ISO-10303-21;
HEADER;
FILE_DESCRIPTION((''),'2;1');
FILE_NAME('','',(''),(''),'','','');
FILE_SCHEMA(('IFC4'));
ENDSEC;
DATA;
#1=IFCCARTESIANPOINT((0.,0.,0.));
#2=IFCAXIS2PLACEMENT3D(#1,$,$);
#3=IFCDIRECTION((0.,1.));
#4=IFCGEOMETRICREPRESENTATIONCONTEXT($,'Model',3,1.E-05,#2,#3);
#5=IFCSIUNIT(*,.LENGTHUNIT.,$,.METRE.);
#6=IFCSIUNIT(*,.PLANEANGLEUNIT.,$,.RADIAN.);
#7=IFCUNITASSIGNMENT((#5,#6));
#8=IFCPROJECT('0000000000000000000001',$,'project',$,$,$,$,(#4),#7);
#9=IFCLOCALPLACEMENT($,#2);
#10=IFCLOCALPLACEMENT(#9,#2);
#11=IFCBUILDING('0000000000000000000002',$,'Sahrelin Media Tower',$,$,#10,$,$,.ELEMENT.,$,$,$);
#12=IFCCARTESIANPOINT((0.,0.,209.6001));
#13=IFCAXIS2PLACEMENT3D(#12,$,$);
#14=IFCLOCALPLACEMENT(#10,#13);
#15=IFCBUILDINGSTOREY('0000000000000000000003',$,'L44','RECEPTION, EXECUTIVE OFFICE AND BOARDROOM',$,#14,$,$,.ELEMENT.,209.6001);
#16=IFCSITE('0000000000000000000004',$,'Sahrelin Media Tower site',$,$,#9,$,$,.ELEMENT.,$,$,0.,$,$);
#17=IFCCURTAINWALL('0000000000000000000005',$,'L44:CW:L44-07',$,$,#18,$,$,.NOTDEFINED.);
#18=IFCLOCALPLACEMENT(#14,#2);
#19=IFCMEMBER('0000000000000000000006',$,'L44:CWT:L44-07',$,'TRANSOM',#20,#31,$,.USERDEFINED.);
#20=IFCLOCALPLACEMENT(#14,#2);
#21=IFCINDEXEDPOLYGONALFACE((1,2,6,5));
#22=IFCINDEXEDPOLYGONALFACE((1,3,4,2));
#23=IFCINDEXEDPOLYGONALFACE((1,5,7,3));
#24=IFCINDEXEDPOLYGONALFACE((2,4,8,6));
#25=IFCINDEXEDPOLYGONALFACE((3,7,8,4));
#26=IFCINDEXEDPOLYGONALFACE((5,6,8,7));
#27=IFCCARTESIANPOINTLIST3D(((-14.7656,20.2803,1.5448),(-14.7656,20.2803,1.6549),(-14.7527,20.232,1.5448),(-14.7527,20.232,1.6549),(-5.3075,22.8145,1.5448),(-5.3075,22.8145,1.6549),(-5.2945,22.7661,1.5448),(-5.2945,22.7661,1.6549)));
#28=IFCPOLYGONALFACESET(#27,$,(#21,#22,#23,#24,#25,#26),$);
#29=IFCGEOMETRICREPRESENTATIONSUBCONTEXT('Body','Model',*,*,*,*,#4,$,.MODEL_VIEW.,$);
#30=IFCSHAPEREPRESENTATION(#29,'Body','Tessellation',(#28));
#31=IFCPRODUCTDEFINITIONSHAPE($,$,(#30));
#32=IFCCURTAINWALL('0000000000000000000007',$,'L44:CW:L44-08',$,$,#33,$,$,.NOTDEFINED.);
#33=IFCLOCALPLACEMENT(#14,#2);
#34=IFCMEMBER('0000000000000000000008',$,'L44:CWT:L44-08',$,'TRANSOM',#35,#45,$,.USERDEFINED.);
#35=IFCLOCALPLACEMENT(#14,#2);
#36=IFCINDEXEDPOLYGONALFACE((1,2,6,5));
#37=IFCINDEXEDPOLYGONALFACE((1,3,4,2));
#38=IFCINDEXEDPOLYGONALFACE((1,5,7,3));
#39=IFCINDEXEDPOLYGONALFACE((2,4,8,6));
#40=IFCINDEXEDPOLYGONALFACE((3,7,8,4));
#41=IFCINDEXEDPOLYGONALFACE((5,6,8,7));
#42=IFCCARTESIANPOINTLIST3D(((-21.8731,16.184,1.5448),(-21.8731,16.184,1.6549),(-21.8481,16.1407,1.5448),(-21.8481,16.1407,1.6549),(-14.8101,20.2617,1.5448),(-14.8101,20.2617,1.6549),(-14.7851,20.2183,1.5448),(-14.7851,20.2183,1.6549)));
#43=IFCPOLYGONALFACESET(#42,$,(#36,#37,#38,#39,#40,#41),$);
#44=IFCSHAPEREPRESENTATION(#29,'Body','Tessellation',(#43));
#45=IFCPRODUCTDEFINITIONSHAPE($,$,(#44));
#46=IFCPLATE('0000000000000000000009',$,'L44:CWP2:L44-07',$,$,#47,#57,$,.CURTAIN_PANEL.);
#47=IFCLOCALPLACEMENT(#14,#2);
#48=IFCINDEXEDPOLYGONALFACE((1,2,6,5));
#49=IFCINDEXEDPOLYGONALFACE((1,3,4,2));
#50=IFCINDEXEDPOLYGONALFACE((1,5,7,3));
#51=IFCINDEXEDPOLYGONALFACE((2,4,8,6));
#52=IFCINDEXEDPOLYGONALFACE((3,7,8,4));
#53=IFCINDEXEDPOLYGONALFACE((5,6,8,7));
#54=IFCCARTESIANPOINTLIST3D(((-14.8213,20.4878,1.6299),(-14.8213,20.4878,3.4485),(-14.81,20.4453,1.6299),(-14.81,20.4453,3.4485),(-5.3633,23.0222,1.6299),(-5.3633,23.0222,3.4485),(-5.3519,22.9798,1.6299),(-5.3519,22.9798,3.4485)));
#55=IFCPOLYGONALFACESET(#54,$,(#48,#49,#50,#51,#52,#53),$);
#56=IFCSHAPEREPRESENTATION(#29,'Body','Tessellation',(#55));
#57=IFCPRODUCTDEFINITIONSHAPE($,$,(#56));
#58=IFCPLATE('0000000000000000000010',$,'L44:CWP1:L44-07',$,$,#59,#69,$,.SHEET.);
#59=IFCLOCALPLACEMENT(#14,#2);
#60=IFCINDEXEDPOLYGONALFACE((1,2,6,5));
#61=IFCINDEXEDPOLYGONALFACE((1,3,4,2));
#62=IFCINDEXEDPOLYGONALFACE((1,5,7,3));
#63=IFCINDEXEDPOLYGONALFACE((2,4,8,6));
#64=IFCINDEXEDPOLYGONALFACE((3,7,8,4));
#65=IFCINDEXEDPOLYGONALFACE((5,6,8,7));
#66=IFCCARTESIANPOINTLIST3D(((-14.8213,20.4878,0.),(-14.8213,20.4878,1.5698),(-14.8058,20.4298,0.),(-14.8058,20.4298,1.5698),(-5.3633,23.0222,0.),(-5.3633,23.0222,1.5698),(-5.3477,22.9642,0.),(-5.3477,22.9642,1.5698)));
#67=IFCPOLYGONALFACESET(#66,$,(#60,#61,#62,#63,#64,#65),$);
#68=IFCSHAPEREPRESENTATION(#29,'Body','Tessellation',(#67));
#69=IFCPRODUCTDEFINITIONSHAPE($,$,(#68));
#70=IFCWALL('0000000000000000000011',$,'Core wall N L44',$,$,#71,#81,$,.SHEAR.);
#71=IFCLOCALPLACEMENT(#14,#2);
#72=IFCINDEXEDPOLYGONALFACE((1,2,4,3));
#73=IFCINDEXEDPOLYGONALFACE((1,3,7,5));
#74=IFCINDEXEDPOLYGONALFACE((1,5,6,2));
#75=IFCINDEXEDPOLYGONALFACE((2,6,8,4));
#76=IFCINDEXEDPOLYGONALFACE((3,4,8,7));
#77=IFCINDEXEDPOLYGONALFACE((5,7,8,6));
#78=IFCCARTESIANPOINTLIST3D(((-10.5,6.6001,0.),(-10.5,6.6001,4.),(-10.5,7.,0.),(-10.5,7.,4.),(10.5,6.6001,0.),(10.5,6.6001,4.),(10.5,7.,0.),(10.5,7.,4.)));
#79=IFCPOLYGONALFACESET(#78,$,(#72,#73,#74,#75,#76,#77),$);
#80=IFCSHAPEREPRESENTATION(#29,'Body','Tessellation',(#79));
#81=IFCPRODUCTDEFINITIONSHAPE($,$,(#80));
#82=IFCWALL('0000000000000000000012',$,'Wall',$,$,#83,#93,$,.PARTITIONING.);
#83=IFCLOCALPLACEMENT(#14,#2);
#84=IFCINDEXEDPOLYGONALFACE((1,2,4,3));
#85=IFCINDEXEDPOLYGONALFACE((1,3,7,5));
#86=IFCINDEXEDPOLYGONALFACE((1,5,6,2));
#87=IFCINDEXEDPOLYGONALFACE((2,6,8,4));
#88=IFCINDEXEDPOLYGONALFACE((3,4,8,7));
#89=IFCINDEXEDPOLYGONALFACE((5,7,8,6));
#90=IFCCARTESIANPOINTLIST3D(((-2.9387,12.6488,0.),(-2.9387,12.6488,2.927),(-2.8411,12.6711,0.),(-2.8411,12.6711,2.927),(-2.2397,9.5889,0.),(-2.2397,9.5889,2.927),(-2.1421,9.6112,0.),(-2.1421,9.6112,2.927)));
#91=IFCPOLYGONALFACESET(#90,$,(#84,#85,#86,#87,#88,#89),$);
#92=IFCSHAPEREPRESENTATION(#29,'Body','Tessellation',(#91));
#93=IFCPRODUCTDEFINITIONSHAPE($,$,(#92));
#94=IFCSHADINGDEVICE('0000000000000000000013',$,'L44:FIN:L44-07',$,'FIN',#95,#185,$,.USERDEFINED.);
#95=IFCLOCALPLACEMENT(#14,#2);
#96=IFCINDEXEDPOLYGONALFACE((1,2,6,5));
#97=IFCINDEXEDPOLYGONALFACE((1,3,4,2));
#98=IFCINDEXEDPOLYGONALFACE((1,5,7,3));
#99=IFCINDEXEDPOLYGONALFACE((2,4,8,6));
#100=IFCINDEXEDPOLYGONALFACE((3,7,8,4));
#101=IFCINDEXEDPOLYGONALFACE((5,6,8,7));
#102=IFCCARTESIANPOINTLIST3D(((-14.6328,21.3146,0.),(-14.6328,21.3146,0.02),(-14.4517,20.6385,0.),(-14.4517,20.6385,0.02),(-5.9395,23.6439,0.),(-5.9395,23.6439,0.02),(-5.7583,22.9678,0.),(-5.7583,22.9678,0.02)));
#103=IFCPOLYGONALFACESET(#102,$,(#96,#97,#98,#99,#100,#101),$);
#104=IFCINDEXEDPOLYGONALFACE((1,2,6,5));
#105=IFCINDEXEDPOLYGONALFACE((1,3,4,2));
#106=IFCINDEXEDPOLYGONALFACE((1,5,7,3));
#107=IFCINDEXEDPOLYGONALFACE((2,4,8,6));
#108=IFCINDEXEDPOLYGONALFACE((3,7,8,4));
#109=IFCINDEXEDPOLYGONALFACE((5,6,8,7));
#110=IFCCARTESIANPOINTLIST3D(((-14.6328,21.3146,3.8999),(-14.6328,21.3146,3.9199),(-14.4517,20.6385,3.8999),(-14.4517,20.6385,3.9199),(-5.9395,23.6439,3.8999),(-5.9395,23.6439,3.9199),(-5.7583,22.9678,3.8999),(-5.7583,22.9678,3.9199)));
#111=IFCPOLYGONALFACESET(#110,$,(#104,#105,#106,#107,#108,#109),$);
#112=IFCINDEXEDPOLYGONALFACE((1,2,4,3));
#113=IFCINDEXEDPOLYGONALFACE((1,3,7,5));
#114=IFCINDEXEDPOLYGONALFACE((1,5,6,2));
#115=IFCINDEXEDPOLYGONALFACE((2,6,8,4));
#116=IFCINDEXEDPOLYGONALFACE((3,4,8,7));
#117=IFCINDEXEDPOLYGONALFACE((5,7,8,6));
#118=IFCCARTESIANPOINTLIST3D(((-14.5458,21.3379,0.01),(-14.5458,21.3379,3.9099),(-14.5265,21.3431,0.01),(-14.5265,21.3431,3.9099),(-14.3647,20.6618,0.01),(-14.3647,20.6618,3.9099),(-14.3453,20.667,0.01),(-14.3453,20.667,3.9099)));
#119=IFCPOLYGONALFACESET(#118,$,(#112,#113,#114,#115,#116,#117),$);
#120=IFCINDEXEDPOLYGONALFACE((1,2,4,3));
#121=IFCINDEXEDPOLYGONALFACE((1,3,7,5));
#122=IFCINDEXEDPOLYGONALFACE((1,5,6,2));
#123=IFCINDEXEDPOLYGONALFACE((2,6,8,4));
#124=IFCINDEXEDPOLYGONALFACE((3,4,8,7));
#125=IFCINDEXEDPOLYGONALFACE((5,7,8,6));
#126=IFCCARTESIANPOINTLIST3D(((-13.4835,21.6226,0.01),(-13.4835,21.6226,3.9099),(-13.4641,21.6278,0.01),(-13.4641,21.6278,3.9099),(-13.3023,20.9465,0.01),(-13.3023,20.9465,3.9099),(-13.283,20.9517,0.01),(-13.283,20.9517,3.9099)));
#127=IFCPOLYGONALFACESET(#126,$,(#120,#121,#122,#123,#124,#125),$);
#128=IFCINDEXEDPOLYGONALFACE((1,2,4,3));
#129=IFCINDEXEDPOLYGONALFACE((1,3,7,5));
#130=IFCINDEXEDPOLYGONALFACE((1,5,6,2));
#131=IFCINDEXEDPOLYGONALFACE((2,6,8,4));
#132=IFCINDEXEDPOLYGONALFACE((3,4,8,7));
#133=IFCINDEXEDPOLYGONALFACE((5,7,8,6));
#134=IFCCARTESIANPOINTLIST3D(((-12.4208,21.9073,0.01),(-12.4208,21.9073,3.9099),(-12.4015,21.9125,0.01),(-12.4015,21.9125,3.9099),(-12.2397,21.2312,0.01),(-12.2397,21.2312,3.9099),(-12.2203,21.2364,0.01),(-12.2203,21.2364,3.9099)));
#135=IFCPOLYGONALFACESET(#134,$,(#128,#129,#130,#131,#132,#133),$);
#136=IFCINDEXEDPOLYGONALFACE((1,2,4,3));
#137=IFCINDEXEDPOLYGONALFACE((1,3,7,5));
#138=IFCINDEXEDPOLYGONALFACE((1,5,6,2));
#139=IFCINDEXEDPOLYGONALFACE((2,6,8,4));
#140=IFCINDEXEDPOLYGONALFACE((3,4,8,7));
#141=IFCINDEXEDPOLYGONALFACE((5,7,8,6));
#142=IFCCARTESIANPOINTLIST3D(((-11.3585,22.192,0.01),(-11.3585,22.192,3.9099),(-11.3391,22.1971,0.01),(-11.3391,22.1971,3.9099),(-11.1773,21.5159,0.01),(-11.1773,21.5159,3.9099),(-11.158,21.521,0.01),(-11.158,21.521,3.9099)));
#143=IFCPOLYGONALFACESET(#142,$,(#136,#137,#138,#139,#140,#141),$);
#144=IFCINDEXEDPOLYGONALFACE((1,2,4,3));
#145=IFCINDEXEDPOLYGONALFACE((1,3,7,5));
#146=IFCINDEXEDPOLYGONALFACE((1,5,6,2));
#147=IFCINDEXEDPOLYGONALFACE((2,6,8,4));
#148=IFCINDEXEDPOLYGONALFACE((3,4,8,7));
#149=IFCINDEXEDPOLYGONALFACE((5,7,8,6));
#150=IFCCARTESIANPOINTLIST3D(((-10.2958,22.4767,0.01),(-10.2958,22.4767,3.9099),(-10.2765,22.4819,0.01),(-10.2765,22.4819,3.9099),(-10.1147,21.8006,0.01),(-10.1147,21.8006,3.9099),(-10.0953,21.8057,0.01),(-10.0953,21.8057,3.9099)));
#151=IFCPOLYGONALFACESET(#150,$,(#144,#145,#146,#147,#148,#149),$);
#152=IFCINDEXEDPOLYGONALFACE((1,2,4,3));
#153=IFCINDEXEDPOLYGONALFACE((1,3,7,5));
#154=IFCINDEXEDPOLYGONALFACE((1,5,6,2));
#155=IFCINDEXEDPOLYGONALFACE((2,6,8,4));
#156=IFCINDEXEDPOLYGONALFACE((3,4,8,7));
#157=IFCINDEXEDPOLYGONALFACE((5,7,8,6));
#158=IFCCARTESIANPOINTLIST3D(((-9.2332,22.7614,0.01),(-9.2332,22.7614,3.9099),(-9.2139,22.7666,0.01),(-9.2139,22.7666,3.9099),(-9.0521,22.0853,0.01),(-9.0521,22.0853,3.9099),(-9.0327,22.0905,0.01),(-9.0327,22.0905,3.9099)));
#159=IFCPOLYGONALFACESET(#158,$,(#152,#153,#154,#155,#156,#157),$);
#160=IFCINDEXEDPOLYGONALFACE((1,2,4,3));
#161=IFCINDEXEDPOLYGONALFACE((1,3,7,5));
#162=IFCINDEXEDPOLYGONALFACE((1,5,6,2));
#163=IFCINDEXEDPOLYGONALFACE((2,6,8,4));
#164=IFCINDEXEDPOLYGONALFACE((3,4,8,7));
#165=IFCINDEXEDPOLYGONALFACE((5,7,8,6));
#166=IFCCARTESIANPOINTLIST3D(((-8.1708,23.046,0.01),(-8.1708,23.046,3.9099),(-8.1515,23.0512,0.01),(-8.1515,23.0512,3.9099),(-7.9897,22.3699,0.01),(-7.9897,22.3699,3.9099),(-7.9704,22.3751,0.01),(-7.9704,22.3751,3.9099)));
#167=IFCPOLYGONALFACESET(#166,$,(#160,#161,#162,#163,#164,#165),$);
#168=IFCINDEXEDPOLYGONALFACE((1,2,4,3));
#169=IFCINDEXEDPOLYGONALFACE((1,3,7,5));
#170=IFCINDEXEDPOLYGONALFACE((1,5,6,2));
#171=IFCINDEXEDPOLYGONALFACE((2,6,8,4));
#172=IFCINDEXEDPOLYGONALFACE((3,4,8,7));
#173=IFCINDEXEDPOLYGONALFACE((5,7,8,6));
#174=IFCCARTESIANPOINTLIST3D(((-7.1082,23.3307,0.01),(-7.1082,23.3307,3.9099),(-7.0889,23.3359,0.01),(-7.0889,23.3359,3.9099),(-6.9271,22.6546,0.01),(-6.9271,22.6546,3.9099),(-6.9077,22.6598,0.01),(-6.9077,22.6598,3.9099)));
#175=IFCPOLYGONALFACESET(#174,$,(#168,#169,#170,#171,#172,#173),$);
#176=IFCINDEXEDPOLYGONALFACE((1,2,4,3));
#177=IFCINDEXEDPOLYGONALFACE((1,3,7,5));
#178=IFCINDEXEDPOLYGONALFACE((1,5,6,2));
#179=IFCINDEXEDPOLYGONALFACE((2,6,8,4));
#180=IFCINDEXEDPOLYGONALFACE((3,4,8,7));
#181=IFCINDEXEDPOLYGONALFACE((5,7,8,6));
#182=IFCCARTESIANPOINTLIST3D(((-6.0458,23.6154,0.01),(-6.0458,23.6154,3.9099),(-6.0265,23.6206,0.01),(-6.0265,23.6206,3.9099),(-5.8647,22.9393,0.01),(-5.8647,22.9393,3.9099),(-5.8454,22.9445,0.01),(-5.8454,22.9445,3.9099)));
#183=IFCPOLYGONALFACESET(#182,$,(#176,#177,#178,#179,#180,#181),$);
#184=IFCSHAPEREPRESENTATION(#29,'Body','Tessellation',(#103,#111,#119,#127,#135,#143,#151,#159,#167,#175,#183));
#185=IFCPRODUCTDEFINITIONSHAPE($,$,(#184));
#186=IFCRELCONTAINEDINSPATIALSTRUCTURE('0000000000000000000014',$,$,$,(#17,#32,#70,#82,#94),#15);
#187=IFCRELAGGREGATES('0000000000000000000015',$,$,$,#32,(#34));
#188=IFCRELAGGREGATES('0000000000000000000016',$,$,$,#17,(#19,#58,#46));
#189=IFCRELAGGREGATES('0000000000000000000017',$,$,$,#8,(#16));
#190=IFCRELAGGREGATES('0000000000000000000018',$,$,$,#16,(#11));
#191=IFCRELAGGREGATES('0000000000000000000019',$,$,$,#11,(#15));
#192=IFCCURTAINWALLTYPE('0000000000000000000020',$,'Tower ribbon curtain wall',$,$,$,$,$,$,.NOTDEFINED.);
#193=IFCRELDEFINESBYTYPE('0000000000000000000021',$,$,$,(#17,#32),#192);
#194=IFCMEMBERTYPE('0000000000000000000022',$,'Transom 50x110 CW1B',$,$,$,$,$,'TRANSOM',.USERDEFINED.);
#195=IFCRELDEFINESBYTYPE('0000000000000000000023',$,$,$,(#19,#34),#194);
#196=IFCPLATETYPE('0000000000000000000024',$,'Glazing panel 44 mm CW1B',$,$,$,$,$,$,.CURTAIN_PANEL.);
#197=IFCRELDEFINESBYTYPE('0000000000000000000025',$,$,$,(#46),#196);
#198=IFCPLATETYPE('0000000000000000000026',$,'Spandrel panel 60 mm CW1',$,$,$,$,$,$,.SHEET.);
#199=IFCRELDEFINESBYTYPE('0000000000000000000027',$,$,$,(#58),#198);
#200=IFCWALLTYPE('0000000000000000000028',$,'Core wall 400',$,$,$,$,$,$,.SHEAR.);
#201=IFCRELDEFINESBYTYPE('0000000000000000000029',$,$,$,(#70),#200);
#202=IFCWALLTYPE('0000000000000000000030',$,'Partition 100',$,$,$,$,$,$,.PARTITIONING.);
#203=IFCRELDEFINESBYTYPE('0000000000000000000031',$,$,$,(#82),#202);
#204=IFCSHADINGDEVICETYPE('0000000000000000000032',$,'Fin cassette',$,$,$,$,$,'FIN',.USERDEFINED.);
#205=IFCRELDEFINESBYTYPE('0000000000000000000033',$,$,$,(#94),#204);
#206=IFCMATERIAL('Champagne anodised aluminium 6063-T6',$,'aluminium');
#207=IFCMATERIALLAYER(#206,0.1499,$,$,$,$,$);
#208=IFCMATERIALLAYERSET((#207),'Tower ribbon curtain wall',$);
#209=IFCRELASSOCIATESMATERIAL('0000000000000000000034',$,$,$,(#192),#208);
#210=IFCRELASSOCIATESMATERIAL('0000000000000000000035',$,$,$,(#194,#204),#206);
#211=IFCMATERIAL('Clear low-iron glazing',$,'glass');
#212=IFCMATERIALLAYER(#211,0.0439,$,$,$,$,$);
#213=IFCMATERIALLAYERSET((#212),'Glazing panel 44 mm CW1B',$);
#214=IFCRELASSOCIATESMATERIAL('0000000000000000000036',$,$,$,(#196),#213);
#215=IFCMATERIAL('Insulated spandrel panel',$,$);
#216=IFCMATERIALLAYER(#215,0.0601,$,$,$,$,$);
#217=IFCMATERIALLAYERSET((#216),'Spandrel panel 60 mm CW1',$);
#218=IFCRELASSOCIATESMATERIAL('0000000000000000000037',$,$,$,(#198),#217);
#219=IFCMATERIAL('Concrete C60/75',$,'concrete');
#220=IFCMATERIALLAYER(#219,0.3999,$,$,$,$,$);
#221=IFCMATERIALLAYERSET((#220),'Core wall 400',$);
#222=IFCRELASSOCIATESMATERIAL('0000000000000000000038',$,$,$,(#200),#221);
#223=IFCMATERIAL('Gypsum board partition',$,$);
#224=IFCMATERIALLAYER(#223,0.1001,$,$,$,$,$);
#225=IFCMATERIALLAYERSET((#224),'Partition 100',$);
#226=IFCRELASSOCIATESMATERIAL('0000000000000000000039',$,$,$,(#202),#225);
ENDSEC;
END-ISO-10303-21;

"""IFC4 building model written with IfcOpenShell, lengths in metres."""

from ifc_helpers import new_model, si_unit, direction, frame, frame_2d, origin, origin_2d, place, context, subcontext, project, spatial, polyline, rectangle, outline, extrude, material, layer, layer_set, material_profile, profile_set, type_object, element, aggregate, save


model = new_model("IFC4")

# Units and contexts
model_context = context("Model", 3, precision=1e-05, world=origin(), true_north=direction((0.0, 1.0)))
body_context = subcontext(model_context, "Body", "Model", "MODEL_VIEW")
ifc_project = project(units=[si_unit("LENGTHUNIT", "METRE"), si_unit("PLANEANGLEUNIT", "RADIAN")], contexts=[model_context])

# Site, building, storey
site_placement = place(None, origin())
site = spatial("IfcSite", under=ifc_project, at=site_placement, Name="Sahrelin Media Tower site", CompositionType="ELEMENT", RefElevation=0.0)
building_placement = place(site_placement, origin())
building = spatial("IfcBuilding", under=site, at=building_placement, Name="Sahrelin Media Tower", CompositionType="ELEMENT")
storey_placement = place(building_placement, frame((0.0, 0.0, 209.6001)))
storey = spatial("IfcBuildingStorey", under=building, at=storey_placement, Name="L44", Description="RECEPTION, EXECUTIVE OFFICE AND BOARDROOM", CompositionType="ELEMENT", Elevation=209.6001)

# Curtain wall
ifc_material_1 = material(Name="Champagne anodised aluminium 6063-T6", Category="aluminium")
ifc_layer_1 = layer(ifc_material_1, 0.1499)
ifc_layer_set_1 = layer_set([ifc_layer_1], Name="Tower ribbon curtain wall")
curtain_wall_type = type_object("IfcCurtainWallType", Name="Tower ribbon curtain wall", PredefinedType="NOTDEFINED", material=ifc_layer_set_1)
curtain_wall_1_placement = place(storey_placement, frame((-10.0869, 21.7356, 0.0), z_axis=(0.0, 0.0, 1.0), x_axis=(1.0, 0.0, 0.0)))
curtain_wall_1 = element("IfcCurtainWall", 1, at=curtain_wall_1_placement, inside=storey, type_object=curtain_wall_type, Name="L44:CW:L44-07", PredefinedType="NOTDEFINED")

# Member
ifc_material_profile_1 = material_profile(ifc_material_1, rectangle(XDim=0.05, YDim=0.1101, at=origin_2d()), Name="Transom 50x110")
ifc_profile_set_1 = profile_set([ifc_material_profile_1], Name="Champagne anodised aluminium 6063-T6")
member_type_1 = type_object("IfcMemberType", Name="Transom 50x110 CW1B", ElementType="TRANSOM", PredefinedType="USERDEFINED", material=ifc_profile_set_1)
member_1_placement = place(storey_placement, frame((-5.301, 22.7903, 1.5999), z_axis=(-0.96593, -0.258805, 0.0), x_axis=(0.258805, -0.96593, 0.0)))
member_1 = element("IfcMember", 2, at=member_1_placement, type_object=member_type_1, Name="L44:CWT:L44-07", ObjectType="TRANSOM", PredefinedType="USERDEFINED", context=body_context, shape_type="SweptSolid", body=[
    extrude(rectangle(XDim=0.05, YDim=0.1101, at=origin_2d()), origin(), (0.0, 0.0, 1.0), 9.7917),
])

# Curtain wall, member
curtain_wall_2_placement = place(storey_placement, frame((-18.4392, 18.3916, 0.0), z_axis=(0.0, 0.0, 1.0), x_axis=(1.0, 0.0, 0.0)))
curtain_wall_2 = element("IfcCurtainWall", 3, at=curtain_wall_2_placement, inside=storey, type_object=curtain_wall_type, Name="L44:CW:L44-08", PredefinedType="NOTDEFINED")
member_2_placement = place(storey_placement, frame((-14.7976, 20.24, 1.5999), z_axis=(-0.866035, -0.499983, 0.0), x_axis=(0.499983, -0.866035, 0.0)))
member_2 = element("IfcMember", 4, at=member_2_placement, type_object=member_type_1, Name="L44:CWT:L44-08", ObjectType="TRANSOM", PredefinedType="USERDEFINED", context=body_context, shape_type="SweptSolid", body=[
    extrude(rectangle(XDim=0.05, YDim=0.1101, at=origin_2d()), origin(), (0.0, 0.0, 1.0), 8.1555),
])
aggregate(curtain_wall_2, [member_2])

# Plates
ifc_material_2 = material(Name="Clear low-iron glazing", Category="glass")
ifc_layer_2 = layer(ifc_material_2, 0.0439)
ifc_layer_set_2 = layer_set([ifc_layer_2], Name="Glazing panel 44 mm CW1B")
plate_type_1 = type_object("IfcPlateType", Name="Glazing panel 44 mm CW1B", PredefinedType="CURTAIN_PANEL", material=ifc_layer_set_2)
plate_1_placement = place(storey_placement, frame((-5.3633, 23.0222, 1.6299), z_axis=(-0.258834, 0.965922, 0.0), x_axis=(-0.965922, -0.258834, 0.0)))
plate_1 = element("IfcPlate", 5, at=plate_1_placement, type_object=plate_type_1, Name="L44:CWP2:L44-07", PredefinedType="CURTAIN_PANEL", context=body_context, shape_type="SweptSolid", body=[
    extrude(outline(polyline([(0.0, 0.0), (9.7917, 0.0), (9.7917, 1.8186), (0.0, 1.8186), (0.0, 0.0)])), origin(), (0.0, 0.0, -1.0), 0.0439),
])
ifc_material_3 = material(Name="Insulated spandrel panel")
ifc_layer_3 = layer(ifc_material_3, 0.0601)
ifc_layer_set_3 = layer_set([ifc_layer_3], Name="Spandrel panel 60 mm CW1")
plate_type_2 = type_object("IfcPlateType", Name="Spandrel panel 60 mm CW1", PredefinedType="SHEET", material=ifc_layer_set_3)
plate_2_placement = place(storey_placement, frame((-5.3633, 23.0222, 0.0), z_axis=(-0.258834, 0.965922, 0.0), x_axis=(-0.965922, -0.258834, 0.0)))
plate_2 = element("IfcPlate", 6, at=plate_2_placement, type_object=plate_type_2, Name="L44:CWP1:L44-07", PredefinedType="SHEET", context=body_context, shape_type="SweptSolid", body=[
    extrude(outline(polyline([(0.0, 0.0), (9.7917, 0.0), (9.7917, 1.5698), (0.0, 1.5698), (0.0, 0.0)])), origin(), (0.0, 0.0, -1.0), 0.0601),
])
aggregate(curtain_wall_1, [member_1, plate_2, plate_1])

# Walls
ifc_material_4 = material(Name="Concrete C60/75", Category="concrete")
ifc_layer_4 = layer(ifc_material_4, 0.3999)
ifc_layer_set_4 = layer_set([ifc_layer_4], Name="Core wall 400")
wall_type_1 = type_object("IfcWallType", Name="Core wall 400", PredefinedType="SHEAR", material=ifc_layer_set_4)
wall_1_placement = place(storey_placement, frame((-10.5, 6.8, 0.0), z_axis=(0.0, 0.0, 1.0), x_axis=(1.0, 0.0, 0.0)))
element("IfcWall", 7, at=wall_1_placement, inside=storey, type_object=wall_type_1, Name="Core wall N L44", PredefinedType="SHEAR", context=body_context, shape_type="SweptSolid", body=[
    extrude(rectangle(XDim=21.0, YDim=0.3999, at=frame_2d((10.5, 0.0))), origin(), (0.0, 0.0, 1.0), 4.0),
])
ifc_material_5 = material(Name="Gypsum board partition")
ifc_layer_5 = layer(ifc_material_5, 0.1001)
ifc_layer_set_5 = layer_set([ifc_layer_5], Name="Partition 100")
wall_type_2 = type_object("IfcWallType", Name="Partition 100", PredefinedType="PARTITIONING", material=ifc_layer_set_5)
wall_2_placement = place(storey_placement, frame((-2.8899, 12.6599, 0.0), z_axis=(0.0, 0.0, 1.0), x_axis=(0.2227, -0.974887, 0.0)))
element("IfcWall", 8, at=wall_2_placement, inside=storey, type_object=wall_type_2, Name="Wall", PredefinedType="PARTITIONING", context=body_context, shape_type="SweptSolid", body=[
    extrude(rectangle(XDim=3.1387, YDim=0.1001, at=frame_2d((1.5693, 0.0))), origin(), (0.0, 0.0, 1.0), 2.927),
])

# Shading device
shading_device_type_1 = type_object("IfcShadingDeviceType", Name="Fin cassette", ElementType="FIN", PredefinedType="USERDEFINED", material=ifc_material_1)
placement = place(storey_placement, frame((-10.0869, 21.7356, 0.0), z_axis=(0.0, 0.0, 1.0), x_axis=(0.965929, 0.258808, 0.0)))
element("IfcShadingDevice", 9, at=placement, inside=storey, type_object=shading_device_type_1, Name="L44:FIN:L44-07", ObjectType="FIN", PredefinedType="USERDEFINED", context=body_context, shape_type="SweptSolid", body=[
    extrude(rectangle(XDim=9.0, YDim=0.7, at=origin_2d()), frame((0.0, 0.4199, 0.0)), (0.0, 0.0, 1.0), 0.02),
    extrude(rectangle(XDim=9.0, YDim=0.7, at=origin_2d()), frame((0.0, 0.4199, 3.8999)), (0.0, 0.0, 1.0), 0.02),
    extrude(rectangle(XDim=0.02, YDim=0.7, at=origin_2d()), frame((-4.3999, 0.4199, 0.01), z_axis=(0.0, 0.0, 1.0), x_axis=(1.0, 0.0, 0.0)), (0.0, 0.0, 1.0), 3.8999),
    extrude(rectangle(XDim=0.02, YDim=0.7, at=origin_2d()), frame((-3.3, 0.4199, 0.01), z_axis=(0.0, 0.0, 1.0), x_axis=(1.0, 0.0, 0.0)), (0.0, 0.0, 1.0), 3.8999),
    extrude(rectangle(XDim=0.02, YDim=0.7, at=origin_2d()), frame((-2.2, 0.4199, 0.01), z_axis=(0.0, 0.0, 1.0), x_axis=(1.0, 0.0, 0.0)), (0.0, 0.0, 1.0), 3.8999),
    extrude(rectangle(XDim=0.02, YDim=0.7, at=origin_2d()), frame((-1.1001, 0.4199, 0.01), z_axis=(0.0, 0.0, 1.0), x_axis=(1.0, 0.0, 0.0)), (0.0, 0.0, 1.0), 3.8999),
    extrude(rectangle(XDim=0.02, YDim=0.7, at=origin_2d()), frame((0.0, 0.4199, 0.01), z_axis=(0.0, 0.0, 1.0), x_axis=(1.0, 0.0, 0.0)), (0.0, 0.0, 1.0), 3.8999),
    extrude(rectangle(XDim=0.02, YDim=0.7, at=origin_2d()), frame((1.1001, 0.4199, 0.01), z_axis=(0.0, 0.0, 1.0), x_axis=(1.0, 0.0, 0.0)), (0.0, 0.0, 1.0), 3.8999),
    extrude(rectangle(XDim=0.02, YDim=0.7, at=origin_2d()), frame((2.2, 0.4199, 0.01), z_axis=(0.0, 0.0, 1.0), x_axis=(1.0, 0.0, 0.0)), (0.0, 0.0, 1.0), 3.8999),
    extrude(rectangle(XDim=0.02, YDim=0.7, at=origin_2d()), frame((3.3, 0.4199, 0.01), z_axis=(0.0, 0.0, 1.0), x_axis=(1.0, 0.0, 0.0)), (0.0, 0.0, 1.0), 3.8999),
    extrude(rectangle(XDim=0.02, YDim=0.7, at=origin_2d()), frame((4.3999, 0.4199, 0.01), z_axis=(0.0, 0.0, 1.0), x_axis=(1.0, 0.0, 0.0)), (0.0, 0.0, 1.0), 3.8999),
])

save(model, "model.ifc")
